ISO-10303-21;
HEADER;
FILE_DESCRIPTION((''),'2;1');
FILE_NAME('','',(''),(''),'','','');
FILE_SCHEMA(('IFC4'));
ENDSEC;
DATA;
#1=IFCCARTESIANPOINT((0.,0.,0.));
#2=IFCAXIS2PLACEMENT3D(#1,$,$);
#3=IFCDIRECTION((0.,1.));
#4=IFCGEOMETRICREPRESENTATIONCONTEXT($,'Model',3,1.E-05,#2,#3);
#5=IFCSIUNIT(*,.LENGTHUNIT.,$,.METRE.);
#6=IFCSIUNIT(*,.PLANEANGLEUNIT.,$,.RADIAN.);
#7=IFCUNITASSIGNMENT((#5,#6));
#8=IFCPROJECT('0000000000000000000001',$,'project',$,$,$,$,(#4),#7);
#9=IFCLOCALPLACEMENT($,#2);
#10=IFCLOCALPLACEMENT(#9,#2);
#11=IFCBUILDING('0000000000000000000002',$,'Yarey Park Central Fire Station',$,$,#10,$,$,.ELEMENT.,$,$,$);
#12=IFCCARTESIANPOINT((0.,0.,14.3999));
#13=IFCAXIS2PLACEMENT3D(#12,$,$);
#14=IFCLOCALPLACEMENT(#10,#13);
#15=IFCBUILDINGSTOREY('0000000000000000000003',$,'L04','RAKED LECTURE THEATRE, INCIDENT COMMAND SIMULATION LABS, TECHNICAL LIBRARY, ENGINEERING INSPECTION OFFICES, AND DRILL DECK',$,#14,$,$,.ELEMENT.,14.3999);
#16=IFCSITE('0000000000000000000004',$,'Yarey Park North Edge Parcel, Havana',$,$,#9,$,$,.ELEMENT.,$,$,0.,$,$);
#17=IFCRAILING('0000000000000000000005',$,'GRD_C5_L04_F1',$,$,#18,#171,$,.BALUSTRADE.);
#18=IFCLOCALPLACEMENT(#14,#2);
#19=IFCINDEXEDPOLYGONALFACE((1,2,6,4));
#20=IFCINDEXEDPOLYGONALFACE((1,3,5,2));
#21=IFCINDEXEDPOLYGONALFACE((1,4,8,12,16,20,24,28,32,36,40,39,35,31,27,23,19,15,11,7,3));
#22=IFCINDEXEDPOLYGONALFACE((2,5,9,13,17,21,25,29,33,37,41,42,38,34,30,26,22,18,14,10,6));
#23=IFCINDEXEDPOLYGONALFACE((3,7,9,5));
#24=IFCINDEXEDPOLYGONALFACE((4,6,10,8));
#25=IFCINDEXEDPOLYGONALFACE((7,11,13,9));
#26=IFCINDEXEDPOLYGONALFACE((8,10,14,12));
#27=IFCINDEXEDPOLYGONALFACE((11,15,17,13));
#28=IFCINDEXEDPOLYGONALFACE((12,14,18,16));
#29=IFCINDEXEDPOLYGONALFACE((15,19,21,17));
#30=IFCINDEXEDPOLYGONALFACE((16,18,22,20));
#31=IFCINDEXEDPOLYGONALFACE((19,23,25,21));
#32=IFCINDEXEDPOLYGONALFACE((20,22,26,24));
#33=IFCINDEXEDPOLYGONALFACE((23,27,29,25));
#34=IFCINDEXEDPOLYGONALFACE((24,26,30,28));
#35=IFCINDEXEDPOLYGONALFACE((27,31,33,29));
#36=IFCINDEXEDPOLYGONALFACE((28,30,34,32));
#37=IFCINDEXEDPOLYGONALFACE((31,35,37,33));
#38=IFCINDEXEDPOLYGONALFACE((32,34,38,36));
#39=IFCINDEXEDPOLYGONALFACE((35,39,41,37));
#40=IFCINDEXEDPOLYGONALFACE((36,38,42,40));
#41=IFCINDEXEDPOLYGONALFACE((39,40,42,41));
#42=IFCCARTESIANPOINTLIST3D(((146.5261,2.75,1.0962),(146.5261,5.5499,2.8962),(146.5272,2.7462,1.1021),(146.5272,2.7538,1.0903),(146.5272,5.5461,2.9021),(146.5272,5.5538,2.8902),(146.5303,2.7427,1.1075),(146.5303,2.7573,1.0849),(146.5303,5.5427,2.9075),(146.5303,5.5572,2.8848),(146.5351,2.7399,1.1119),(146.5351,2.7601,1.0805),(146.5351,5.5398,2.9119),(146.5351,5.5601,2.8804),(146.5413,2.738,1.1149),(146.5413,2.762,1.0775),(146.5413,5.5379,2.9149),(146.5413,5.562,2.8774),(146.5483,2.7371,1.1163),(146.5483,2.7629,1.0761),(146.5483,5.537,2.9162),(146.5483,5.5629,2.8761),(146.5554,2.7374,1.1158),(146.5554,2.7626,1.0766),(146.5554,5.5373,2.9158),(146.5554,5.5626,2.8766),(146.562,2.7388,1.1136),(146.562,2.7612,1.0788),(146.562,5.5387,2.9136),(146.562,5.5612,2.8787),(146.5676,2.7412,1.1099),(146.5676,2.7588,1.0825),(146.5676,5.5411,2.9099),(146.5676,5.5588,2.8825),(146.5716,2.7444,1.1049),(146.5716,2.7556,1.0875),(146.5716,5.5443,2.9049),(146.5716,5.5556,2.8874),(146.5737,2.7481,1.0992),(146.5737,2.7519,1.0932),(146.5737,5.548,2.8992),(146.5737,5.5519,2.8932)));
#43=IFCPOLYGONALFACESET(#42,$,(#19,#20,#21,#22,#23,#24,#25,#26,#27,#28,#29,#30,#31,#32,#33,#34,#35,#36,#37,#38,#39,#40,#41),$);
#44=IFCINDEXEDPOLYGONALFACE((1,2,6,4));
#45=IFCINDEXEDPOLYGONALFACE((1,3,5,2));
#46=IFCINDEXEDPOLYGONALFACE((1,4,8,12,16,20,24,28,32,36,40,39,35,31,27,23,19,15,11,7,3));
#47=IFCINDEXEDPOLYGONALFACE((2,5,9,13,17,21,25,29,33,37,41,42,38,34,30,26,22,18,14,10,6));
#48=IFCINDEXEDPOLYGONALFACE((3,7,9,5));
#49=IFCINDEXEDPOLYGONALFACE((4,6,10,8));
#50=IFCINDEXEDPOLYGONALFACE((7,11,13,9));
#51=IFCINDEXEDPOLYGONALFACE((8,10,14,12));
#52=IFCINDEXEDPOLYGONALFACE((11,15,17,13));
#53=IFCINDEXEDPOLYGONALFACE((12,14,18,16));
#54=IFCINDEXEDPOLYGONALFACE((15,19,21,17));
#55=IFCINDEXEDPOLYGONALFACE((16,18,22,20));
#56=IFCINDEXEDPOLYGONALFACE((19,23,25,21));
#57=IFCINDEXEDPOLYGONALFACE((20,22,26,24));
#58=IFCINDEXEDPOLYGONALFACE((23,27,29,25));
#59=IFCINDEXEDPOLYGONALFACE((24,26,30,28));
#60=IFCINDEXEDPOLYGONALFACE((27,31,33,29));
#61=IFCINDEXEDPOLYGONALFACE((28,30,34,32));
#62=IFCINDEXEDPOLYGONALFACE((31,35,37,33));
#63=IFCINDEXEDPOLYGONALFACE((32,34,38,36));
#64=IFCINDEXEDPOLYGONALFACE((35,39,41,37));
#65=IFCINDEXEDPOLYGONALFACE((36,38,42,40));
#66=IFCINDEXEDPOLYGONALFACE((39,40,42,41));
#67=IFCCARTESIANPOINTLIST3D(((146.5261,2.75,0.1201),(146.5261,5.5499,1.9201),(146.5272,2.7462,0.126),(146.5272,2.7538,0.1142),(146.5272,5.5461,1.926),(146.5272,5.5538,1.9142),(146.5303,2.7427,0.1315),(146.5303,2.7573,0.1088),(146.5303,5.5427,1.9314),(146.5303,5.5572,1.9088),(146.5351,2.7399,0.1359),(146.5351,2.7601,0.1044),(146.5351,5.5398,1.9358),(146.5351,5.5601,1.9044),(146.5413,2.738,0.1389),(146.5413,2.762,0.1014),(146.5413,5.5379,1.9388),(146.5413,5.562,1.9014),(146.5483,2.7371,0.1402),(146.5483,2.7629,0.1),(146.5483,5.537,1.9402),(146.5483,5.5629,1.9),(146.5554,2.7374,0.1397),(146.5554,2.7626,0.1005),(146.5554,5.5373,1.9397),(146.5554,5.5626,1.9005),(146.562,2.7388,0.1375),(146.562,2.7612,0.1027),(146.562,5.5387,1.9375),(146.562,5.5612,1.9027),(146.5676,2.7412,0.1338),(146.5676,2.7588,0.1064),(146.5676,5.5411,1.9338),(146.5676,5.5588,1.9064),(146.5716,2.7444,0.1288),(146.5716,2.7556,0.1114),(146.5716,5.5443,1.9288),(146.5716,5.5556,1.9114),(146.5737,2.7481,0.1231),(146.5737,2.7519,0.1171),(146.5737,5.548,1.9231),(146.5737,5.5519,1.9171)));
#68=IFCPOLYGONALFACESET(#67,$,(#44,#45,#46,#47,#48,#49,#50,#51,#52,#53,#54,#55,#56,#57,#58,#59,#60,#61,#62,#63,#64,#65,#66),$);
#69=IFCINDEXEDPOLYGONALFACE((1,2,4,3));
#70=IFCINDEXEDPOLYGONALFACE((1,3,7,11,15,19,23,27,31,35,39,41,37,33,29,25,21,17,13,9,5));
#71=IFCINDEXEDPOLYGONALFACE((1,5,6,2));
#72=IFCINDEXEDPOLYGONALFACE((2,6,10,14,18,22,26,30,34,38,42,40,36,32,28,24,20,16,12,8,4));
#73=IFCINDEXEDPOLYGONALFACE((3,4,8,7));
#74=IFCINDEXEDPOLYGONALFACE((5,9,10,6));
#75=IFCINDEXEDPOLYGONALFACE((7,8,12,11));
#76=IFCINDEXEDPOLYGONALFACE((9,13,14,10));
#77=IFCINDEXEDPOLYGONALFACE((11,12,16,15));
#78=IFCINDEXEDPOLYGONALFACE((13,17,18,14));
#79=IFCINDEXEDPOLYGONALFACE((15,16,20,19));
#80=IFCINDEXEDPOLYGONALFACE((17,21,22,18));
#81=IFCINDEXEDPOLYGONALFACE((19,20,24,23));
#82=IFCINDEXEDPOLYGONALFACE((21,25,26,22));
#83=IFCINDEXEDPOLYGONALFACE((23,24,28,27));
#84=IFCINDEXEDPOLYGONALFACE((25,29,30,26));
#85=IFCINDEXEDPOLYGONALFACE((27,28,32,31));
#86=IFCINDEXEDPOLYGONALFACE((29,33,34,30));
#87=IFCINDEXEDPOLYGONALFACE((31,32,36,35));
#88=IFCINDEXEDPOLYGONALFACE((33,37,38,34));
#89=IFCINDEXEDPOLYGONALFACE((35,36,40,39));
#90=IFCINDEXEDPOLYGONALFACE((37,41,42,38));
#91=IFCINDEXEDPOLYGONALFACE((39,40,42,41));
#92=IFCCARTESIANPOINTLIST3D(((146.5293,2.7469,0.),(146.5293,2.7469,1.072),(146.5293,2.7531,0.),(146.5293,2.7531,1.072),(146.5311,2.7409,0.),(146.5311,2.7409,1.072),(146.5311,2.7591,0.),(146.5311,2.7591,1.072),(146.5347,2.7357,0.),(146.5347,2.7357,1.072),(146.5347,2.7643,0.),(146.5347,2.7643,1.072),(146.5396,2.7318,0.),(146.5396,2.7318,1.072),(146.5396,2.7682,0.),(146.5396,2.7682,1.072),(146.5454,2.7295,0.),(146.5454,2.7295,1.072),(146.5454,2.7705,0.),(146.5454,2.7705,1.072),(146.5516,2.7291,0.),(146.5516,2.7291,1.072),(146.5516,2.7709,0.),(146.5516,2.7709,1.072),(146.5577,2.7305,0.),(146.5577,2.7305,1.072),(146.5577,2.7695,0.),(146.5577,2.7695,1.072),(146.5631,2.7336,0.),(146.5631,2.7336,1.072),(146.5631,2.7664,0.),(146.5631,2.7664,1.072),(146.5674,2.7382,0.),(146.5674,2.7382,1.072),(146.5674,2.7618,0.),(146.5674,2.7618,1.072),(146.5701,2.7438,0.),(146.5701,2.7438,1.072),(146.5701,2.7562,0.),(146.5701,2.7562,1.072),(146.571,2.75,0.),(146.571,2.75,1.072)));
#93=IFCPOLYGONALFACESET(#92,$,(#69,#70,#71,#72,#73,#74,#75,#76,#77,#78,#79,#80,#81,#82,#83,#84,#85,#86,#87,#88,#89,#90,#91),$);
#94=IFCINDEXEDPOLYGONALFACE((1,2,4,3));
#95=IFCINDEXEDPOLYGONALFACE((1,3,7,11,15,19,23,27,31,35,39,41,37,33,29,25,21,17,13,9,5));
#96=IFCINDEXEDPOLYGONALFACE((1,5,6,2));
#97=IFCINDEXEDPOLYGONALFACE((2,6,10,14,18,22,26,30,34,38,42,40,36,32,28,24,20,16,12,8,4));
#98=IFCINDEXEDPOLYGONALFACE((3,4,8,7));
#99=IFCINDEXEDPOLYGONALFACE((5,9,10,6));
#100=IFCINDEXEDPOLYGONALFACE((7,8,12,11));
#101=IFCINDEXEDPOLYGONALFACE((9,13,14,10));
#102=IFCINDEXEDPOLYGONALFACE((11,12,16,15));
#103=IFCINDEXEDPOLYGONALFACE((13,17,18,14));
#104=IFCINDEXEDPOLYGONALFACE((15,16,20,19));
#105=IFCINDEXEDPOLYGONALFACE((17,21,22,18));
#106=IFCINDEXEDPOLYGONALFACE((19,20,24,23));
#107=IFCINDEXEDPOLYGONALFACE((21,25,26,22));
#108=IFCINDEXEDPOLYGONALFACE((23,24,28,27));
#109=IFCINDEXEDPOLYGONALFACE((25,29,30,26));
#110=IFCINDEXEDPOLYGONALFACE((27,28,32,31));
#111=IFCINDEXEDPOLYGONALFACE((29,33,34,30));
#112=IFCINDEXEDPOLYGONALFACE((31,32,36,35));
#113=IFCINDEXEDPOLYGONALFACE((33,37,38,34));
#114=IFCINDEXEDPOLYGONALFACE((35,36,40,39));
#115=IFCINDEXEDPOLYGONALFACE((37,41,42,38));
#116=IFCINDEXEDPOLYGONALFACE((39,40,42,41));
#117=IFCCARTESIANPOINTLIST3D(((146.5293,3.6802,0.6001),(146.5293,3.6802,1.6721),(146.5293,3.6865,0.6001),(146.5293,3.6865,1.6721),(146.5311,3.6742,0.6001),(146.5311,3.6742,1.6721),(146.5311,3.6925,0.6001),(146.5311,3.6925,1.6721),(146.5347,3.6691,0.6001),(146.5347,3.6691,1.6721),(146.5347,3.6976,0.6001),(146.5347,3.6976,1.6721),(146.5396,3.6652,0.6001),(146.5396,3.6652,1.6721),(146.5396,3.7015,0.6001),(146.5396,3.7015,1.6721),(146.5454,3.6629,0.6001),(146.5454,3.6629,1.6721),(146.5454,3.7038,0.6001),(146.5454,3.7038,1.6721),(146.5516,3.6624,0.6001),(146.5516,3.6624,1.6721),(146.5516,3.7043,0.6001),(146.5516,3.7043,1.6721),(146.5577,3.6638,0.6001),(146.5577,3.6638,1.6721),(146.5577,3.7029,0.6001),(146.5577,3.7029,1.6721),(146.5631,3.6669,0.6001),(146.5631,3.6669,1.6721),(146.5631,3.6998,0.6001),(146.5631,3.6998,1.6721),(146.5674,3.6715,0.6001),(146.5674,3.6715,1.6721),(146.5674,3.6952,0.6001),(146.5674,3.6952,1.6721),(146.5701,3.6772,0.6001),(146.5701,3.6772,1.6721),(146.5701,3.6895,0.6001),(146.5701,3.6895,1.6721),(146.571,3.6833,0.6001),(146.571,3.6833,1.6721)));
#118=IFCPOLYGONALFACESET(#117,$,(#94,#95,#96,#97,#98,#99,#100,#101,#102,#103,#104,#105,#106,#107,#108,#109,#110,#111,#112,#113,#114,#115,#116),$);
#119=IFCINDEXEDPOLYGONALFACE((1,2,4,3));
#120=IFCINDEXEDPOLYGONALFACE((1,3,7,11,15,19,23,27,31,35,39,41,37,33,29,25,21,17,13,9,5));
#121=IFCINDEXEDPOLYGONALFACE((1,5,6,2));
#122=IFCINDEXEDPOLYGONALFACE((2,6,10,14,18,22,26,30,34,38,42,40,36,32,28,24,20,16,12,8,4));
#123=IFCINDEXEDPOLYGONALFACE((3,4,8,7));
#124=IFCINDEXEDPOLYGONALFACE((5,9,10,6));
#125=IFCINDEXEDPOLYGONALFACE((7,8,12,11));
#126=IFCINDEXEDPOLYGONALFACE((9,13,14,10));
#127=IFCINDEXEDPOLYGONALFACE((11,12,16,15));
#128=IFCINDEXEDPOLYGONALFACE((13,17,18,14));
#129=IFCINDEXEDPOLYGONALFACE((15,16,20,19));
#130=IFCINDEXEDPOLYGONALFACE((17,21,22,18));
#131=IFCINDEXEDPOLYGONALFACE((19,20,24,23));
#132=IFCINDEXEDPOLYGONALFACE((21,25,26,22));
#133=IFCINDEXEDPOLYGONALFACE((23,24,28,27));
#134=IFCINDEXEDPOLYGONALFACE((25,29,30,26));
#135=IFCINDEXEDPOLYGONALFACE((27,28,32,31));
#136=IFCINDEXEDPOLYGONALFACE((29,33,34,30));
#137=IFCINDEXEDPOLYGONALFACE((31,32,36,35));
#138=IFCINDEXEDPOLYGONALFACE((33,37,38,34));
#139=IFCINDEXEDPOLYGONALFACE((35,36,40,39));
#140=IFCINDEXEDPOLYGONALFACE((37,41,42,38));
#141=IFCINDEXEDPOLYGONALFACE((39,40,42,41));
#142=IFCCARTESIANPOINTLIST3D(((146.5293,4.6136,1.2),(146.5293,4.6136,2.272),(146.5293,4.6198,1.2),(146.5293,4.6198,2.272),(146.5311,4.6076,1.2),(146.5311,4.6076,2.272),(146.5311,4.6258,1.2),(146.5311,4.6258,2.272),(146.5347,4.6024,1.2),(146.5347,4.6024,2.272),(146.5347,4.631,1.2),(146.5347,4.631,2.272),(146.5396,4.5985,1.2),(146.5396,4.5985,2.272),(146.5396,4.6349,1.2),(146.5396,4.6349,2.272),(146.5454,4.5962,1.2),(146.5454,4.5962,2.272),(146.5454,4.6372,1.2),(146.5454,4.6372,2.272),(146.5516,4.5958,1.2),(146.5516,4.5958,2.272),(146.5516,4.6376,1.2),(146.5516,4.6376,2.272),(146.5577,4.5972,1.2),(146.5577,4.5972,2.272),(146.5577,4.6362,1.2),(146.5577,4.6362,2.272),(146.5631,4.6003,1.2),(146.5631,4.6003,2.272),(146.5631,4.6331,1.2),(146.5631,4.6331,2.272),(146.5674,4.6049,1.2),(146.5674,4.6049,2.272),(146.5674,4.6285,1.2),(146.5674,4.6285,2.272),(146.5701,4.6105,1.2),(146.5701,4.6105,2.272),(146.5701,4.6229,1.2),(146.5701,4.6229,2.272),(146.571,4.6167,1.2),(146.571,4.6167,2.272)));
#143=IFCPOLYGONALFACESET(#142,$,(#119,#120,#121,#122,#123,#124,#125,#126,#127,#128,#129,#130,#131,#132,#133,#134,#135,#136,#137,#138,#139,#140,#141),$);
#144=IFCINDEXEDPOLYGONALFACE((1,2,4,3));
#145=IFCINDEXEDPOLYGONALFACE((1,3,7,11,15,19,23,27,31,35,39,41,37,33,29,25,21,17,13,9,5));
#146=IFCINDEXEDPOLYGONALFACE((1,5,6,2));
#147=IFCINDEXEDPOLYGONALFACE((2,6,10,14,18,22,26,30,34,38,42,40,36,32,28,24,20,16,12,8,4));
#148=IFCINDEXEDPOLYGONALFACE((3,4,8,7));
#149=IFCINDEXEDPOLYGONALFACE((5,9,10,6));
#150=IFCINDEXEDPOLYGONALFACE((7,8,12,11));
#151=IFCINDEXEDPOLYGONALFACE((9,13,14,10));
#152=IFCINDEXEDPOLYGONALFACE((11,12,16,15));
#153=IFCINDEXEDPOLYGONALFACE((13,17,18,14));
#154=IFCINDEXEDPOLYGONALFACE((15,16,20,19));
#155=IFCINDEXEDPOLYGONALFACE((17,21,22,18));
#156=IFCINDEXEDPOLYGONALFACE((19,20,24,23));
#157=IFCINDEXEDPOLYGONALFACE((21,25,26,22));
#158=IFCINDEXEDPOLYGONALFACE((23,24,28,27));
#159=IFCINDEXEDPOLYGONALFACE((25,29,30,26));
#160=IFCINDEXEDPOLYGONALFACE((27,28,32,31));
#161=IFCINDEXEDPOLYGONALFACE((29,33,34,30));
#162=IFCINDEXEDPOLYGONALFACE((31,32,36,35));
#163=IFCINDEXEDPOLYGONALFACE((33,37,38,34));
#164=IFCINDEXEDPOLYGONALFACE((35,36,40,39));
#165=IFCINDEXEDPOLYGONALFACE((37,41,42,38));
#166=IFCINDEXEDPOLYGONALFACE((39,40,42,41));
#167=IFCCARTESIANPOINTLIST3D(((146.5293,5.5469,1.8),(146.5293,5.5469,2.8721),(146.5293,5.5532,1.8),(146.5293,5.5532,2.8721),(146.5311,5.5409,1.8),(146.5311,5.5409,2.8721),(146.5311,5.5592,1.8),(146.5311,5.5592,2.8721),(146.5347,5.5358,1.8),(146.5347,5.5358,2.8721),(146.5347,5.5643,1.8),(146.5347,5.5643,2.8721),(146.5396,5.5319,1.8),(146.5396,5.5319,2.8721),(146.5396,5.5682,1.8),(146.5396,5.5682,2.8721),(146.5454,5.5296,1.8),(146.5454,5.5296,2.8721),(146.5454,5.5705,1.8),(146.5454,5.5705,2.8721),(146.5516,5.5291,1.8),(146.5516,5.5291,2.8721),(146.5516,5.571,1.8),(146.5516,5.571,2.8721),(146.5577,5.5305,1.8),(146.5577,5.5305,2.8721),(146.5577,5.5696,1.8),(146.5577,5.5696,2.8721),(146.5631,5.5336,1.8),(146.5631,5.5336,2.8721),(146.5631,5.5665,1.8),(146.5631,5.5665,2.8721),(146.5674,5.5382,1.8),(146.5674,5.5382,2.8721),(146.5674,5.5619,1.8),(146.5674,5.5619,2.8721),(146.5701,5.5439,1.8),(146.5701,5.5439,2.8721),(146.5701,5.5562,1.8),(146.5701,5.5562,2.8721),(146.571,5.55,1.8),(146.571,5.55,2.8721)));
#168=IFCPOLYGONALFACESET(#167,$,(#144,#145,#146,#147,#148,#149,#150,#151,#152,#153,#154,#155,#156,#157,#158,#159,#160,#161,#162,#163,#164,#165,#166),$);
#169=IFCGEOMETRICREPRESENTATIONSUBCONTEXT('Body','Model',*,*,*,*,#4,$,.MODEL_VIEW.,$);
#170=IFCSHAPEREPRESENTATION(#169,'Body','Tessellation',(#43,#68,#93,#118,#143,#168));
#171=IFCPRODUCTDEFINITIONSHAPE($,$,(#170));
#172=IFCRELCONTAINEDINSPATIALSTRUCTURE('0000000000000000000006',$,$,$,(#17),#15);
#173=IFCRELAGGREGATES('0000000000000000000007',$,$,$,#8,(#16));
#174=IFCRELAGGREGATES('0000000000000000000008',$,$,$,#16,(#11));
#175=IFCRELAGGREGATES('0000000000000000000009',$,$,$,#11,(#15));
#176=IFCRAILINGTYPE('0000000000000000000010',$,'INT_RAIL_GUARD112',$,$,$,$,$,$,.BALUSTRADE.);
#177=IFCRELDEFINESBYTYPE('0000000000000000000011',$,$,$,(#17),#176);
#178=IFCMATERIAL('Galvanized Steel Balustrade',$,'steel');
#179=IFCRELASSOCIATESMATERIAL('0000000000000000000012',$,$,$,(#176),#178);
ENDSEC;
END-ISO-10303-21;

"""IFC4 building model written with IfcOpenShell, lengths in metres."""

from ifc_helpers import new_model, si_unit, direction, frame, origin, origin_2d, place, context, subcontext, project, spatial, circle, extrude, material, type_object, element, save


model = new_model("IFC4")

# Units and contexts
model_context = context("Model", 3, precision=1e-05, world=origin(), true_north=direction((0.0, 1.0)))
body_context = subcontext(model_context, "Body", "Model", "MODEL_VIEW")
ifc_project = project(units=[si_unit("LENGTHUNIT", "METRE"), si_unit("PLANEANGLEUNIT", "RADIAN")], contexts=[model_context])

# Site, building, storey
site_placement = place(None, origin())
site = spatial("IfcSite", under=ifc_project, at=site_placement, Name="Yarey Park North Edge Parcel, Havana", CompositionType="ELEMENT", RefElevation=0.0)
building_placement = place(site_placement, origin())
building = spatial("IfcBuilding", under=site, at=building_placement, Name="Yarey Park Central Fire Station", CompositionType="ELEMENT")
storey_placement = place(building_placement, frame((0.0, 0.0, 14.3999)))
storey = spatial("IfcBuildingStorey", under=building, at=storey_placement, Name="L04", Description="RAKED LECTURE THEATRE, INCIDENT COMMAND SIMULATION LABS, TECHNICAL LIBRARY, ENGINEERING INSPECTION OFFICES, AND DRILL DECK", CompositionType="ELEMENT", Elevation=14.3999)

# Railing
ifc_material_1 = material(Name="Galvanized Steel Balustrade", Category="steel")
railing_type_1 = type_object("IfcRailingType", Name="INT_RAIL_GUARD112", PredefinedType="BALUSTRADE", material=ifc_material_1)
railing_1_placement = place(storey_placement, frame((146.55, 2.75, 0.0)))
element("IfcRailing", 1, at=railing_1_placement, inside=storey, type_object=railing_type_1, Name="GRD_C5_L04_F1", PredefinedType="BALUSTRADE", context=body_context, shape_type="SweptSolid", body=[
    extrude(circle(Radius=0.0239, at=origin_2d()), frame((0.0, 0.0, 1.0962), z_axis=(0.0, 0.841176, 0.540761), x_axis=(-1.0, 0.0, 0.0)), (0.0, 0.0, 1.0), 3.3286),
    extrude(circle(Radius=0.0239, at=origin_2d()), frame((0.0, 0.0, 0.1201), z_axis=(0.0, 0.841176, 0.540761), x_axis=(-1.0, 0.0, 0.0)), (0.0, 0.0, 1.0), 3.3286),
    extrude(circle(Radius=0.021, at=origin_2d()), origin(), (0.0, 0.0, 1.0), 1.072),
    extrude(circle(Radius=0.021, at=origin_2d()), frame((0.0, 0.9333, 0.6001)), (0.0, 0.0, 1.0), 1.072),
    extrude(circle(Radius=0.021, at=origin_2d()), frame((0.0, 1.8667, 1.2)), (0.0, 0.0, 1.0), 1.072),
    extrude(circle(Radius=0.021, at=origin_2d()), frame((0.0, 2.8, 1.8)), (0.0, 0.0, 1.0), 1.072),
])

save(model, "model.ifc")
